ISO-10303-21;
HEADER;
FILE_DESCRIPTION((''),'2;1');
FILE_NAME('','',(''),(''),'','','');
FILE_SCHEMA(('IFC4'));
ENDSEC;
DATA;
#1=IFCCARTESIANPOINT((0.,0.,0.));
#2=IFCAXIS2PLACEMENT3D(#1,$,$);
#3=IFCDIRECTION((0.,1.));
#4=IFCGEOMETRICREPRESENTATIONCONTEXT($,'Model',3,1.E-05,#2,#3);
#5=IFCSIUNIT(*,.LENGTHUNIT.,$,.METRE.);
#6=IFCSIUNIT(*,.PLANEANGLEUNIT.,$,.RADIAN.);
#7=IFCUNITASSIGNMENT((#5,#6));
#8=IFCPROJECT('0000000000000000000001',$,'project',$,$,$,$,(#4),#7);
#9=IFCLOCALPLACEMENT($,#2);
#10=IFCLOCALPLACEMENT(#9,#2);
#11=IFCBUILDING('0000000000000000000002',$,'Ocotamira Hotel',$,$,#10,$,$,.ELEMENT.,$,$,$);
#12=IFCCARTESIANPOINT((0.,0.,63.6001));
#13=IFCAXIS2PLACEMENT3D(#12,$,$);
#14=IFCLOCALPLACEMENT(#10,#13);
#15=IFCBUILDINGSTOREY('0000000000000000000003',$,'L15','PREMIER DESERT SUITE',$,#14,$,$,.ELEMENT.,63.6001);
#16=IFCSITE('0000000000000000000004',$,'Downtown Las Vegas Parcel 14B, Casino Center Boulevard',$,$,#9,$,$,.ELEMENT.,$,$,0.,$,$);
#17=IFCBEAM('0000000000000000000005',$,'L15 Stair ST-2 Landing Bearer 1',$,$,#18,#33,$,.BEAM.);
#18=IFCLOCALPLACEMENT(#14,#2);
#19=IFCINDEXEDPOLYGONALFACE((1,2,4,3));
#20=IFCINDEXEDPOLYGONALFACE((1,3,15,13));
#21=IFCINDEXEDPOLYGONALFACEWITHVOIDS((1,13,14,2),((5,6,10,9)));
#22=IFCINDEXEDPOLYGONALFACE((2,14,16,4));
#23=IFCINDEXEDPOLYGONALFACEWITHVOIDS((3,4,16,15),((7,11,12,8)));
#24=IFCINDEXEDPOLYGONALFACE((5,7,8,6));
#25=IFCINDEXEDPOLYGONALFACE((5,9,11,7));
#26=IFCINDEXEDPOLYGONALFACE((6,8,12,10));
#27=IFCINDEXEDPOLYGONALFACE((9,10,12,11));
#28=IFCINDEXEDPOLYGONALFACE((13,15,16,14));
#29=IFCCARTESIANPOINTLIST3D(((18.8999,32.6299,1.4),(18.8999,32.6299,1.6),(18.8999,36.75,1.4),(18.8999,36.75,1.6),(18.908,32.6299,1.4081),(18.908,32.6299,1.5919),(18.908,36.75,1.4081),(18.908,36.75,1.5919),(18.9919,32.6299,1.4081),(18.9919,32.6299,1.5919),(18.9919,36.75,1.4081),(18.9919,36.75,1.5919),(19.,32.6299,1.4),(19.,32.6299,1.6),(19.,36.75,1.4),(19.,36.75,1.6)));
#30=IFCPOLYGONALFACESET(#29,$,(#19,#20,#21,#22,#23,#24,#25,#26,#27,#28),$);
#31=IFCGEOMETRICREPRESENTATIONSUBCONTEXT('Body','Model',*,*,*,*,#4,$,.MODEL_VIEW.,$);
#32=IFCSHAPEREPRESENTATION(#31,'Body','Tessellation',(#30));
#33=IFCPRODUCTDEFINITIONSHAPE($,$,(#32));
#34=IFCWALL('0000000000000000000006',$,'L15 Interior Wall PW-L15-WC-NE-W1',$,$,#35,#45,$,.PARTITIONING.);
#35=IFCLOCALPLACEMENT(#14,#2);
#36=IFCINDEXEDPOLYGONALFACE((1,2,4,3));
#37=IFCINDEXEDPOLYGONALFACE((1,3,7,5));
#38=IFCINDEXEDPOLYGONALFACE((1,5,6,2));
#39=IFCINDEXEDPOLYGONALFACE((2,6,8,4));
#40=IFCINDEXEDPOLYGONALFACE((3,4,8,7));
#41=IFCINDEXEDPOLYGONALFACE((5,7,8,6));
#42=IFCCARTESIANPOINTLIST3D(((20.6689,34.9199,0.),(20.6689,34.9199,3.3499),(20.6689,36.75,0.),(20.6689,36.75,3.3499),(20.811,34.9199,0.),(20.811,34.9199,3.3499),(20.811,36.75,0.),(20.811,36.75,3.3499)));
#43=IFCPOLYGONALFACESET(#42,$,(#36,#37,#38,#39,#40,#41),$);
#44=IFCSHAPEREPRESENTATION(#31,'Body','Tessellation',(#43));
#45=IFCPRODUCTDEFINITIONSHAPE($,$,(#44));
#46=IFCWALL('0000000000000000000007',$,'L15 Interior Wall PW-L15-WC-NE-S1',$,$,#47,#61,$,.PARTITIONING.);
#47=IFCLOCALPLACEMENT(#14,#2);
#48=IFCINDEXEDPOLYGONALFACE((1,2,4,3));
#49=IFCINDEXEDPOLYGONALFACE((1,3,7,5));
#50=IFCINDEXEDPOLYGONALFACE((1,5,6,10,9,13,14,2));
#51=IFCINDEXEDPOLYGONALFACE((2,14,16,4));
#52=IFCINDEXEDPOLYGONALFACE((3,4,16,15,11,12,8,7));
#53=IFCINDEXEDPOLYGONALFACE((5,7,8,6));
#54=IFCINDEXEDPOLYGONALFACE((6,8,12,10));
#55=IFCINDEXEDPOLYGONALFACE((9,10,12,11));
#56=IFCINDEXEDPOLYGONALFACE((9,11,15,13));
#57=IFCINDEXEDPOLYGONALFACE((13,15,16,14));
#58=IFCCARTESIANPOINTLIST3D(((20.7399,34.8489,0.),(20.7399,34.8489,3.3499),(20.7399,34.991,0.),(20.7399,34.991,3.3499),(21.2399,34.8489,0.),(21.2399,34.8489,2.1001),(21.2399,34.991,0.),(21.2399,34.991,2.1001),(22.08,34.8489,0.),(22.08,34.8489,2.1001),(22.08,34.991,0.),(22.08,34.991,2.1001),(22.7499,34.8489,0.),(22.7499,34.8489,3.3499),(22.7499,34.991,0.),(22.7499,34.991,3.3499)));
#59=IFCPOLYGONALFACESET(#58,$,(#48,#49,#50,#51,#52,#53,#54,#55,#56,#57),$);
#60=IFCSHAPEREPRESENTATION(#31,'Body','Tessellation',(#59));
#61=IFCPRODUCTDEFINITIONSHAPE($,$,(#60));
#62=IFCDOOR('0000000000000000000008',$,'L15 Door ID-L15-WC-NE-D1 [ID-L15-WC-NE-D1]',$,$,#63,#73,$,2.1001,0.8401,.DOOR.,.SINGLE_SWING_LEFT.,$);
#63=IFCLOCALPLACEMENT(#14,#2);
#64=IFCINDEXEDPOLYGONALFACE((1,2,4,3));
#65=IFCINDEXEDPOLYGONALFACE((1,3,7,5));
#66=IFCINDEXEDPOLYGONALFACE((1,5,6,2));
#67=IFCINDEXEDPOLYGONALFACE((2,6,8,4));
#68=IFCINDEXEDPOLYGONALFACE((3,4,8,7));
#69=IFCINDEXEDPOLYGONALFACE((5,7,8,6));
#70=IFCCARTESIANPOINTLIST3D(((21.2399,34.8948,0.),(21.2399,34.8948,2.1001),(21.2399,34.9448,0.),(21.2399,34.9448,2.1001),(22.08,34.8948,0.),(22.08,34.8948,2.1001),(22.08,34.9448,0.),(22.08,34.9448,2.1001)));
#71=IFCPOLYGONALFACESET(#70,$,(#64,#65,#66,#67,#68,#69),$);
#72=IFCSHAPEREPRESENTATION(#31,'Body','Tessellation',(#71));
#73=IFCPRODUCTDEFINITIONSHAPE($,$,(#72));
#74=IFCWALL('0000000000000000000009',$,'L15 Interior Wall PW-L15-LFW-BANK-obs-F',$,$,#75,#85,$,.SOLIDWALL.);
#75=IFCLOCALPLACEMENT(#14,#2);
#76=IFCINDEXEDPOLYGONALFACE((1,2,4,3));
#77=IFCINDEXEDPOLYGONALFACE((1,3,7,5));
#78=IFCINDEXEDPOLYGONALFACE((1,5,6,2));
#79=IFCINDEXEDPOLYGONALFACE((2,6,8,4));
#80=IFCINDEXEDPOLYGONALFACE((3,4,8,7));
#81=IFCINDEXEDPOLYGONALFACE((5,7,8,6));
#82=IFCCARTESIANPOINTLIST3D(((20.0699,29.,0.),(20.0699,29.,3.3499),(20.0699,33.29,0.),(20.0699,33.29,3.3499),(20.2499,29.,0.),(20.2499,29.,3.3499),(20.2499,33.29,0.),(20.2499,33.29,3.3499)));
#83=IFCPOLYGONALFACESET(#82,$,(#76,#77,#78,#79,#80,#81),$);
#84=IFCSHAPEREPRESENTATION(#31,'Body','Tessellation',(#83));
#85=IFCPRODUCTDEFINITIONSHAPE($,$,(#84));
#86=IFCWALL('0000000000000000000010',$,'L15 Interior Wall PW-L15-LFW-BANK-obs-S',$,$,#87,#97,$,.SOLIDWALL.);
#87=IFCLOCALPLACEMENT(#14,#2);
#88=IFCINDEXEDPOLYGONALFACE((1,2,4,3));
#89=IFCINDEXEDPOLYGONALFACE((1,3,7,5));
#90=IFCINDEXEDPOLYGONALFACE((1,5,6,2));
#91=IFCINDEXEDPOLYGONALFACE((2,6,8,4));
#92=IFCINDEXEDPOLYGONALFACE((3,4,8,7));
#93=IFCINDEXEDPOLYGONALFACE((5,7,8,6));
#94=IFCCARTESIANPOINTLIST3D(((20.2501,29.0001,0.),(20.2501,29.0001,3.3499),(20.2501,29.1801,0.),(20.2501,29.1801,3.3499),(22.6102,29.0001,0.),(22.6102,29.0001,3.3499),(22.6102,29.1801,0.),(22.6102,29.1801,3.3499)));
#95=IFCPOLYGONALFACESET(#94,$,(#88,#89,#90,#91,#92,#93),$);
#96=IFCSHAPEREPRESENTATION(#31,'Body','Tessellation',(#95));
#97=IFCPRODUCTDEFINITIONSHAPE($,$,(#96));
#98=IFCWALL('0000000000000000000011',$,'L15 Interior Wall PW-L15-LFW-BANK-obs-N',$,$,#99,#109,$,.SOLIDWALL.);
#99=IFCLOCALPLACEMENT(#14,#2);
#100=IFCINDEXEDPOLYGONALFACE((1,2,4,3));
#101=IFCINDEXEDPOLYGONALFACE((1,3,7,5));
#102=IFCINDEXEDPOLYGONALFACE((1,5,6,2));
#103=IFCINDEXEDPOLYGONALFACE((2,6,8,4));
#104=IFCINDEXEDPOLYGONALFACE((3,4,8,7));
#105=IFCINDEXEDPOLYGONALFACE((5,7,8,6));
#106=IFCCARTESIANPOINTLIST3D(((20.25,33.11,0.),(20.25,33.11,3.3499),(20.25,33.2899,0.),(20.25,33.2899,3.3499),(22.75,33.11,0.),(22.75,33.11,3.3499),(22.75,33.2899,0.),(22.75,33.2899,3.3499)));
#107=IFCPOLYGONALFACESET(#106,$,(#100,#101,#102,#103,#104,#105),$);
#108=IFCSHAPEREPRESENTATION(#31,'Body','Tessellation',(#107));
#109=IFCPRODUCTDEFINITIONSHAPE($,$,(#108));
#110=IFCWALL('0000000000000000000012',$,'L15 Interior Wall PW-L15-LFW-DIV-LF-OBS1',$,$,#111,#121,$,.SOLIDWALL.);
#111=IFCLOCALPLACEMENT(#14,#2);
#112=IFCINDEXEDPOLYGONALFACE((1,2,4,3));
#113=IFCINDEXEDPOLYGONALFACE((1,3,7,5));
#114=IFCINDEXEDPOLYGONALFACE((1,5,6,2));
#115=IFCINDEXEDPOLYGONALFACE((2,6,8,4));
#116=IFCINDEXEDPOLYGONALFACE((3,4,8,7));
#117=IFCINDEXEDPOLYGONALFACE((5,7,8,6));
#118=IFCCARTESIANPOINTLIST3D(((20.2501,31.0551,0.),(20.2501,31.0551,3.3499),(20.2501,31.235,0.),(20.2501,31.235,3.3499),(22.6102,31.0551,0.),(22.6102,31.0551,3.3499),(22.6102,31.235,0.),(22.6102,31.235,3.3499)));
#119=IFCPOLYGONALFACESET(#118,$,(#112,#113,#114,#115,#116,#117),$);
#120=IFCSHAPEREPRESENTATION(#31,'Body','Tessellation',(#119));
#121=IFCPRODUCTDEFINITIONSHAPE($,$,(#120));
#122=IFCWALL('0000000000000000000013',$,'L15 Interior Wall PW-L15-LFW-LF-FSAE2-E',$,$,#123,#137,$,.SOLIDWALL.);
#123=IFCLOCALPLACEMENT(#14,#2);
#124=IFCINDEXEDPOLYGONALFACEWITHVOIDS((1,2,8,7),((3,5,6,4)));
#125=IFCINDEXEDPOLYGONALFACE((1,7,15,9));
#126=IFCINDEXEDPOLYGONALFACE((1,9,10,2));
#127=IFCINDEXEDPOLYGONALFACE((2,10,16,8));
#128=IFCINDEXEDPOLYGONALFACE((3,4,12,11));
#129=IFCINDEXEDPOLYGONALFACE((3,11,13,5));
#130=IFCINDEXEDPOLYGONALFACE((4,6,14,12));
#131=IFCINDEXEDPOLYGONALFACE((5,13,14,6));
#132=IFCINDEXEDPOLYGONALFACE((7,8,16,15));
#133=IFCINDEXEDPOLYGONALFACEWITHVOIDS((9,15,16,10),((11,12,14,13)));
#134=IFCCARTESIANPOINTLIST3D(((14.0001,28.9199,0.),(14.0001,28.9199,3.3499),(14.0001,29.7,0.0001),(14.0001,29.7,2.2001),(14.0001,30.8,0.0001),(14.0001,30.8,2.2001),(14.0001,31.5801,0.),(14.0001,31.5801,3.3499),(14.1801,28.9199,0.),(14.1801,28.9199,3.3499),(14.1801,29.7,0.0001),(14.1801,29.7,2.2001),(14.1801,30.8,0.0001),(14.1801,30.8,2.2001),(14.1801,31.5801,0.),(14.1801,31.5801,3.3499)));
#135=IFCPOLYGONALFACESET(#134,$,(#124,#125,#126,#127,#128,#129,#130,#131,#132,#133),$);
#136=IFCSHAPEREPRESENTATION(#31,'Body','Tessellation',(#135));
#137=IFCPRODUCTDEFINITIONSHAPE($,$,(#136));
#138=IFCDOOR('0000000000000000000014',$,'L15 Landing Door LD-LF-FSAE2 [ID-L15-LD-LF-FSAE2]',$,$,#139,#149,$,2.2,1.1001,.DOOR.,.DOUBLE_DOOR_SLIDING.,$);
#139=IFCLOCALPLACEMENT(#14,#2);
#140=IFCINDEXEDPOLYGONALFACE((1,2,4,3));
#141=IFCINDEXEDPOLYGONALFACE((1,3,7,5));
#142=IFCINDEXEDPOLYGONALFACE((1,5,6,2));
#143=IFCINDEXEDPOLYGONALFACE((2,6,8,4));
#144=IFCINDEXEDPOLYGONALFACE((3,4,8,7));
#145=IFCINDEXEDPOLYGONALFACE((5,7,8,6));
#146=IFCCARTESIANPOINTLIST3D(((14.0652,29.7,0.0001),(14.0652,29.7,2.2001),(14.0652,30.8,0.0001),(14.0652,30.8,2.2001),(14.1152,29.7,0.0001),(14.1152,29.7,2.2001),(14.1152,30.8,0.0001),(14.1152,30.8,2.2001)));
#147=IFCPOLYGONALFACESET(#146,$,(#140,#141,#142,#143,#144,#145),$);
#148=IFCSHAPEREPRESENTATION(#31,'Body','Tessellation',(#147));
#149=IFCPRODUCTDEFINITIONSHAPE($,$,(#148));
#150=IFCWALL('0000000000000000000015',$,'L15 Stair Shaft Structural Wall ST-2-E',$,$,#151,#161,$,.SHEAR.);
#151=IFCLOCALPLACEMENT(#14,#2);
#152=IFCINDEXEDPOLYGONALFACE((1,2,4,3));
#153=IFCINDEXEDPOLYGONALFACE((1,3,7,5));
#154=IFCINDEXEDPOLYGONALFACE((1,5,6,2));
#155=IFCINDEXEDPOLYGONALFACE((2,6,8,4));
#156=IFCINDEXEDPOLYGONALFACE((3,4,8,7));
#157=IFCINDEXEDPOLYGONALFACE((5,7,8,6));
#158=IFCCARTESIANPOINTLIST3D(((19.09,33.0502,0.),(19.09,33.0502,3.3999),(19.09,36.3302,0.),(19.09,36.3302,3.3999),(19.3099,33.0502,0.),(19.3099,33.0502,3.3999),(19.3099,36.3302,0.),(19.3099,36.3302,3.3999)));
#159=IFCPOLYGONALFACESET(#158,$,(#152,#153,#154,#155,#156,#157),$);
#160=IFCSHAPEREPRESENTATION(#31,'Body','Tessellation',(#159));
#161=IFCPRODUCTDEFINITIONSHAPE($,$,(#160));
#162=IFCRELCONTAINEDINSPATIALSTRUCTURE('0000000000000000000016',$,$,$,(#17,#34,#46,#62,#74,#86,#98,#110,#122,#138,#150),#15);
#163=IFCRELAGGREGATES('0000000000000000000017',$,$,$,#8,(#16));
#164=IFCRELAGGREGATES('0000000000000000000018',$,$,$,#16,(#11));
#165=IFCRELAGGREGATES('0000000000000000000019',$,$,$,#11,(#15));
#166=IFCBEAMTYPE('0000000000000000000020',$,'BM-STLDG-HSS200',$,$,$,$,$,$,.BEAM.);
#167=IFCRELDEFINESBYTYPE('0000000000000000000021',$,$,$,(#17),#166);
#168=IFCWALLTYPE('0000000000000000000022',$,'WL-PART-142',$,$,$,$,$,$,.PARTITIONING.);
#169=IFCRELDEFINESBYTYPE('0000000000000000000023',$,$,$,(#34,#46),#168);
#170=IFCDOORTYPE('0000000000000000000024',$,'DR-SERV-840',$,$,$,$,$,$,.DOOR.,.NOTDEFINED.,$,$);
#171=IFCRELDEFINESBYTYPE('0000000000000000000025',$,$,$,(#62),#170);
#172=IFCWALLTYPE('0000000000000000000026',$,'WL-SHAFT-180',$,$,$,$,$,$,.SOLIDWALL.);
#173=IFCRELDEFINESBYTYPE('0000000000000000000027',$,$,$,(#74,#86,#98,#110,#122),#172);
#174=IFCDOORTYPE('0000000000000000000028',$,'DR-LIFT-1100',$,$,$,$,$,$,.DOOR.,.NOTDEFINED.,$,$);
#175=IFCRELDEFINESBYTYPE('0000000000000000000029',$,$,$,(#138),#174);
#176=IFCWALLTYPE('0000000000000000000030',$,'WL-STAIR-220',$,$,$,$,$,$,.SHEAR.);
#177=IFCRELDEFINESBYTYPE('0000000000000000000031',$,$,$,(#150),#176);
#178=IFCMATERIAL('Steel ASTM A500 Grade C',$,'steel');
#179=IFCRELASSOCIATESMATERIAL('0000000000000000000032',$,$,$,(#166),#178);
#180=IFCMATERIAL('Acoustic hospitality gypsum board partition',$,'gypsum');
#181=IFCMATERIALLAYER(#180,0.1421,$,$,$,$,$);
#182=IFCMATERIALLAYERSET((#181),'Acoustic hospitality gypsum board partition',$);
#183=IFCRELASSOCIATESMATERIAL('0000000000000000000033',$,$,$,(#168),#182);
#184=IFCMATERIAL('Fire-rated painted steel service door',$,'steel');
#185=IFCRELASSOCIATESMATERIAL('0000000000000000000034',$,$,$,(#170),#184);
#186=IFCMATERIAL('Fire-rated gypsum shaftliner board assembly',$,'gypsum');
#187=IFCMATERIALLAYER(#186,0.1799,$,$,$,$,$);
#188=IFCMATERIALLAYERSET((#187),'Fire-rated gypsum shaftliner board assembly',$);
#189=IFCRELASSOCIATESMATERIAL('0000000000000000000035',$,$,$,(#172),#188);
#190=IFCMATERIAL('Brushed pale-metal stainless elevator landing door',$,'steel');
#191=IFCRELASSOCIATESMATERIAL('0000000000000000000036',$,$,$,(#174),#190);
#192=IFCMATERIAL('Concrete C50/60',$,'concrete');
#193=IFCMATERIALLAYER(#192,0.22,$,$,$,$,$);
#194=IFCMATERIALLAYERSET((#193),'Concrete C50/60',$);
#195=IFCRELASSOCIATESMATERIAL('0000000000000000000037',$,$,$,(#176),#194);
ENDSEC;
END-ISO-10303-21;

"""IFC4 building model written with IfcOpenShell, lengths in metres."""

from ifc_helpers import new_model, si_unit, direction, frame, frame_2d, origin, origin_2d, place, context, subcontext, project, spatial, rectangle, hollow_rectangle, extrude, source, transform, mapped, material, layer, layer_set, material_profile, profile_set, type_object, element, fill, save


model = new_model("IFC4")

# Units and contexts
model_context = context("Model", 3, precision=1e-05, world=origin(), true_north=direction((0.0, 1.0)))
body_context = subcontext(model_context, "Body", "Model", "MODEL_VIEW")
ifc_project = project(units=[si_unit("LENGTHUNIT", "METRE"), si_unit("PLANEANGLEUNIT", "RADIAN")], contexts=[model_context])

# Site, building, storey
site_placement = place(None, origin())
site = spatial("IfcSite", under=ifc_project, at=site_placement, Name="Downtown Las Vegas Parcel 14B, Casino Center Boulevard", CompositionType="ELEMENT", RefElevation=0.0)
building_placement = place(site_placement, origin())
building = spatial("IfcBuilding", under=site, at=building_placement, Name="Ocotamira Hotel", CompositionType="ELEMENT")
storey_placement = place(building_placement, frame((0.0, 0.0, 63.6001)))
storey = spatial("IfcBuildingStorey", under=building, at=storey_placement, Name="L15", Description="PREMIER DESERT SUITE", CompositionType="ELEMENT", Elevation=63.6001)

# Beam
ifc_material_1 = material(Name="Steel ASTM A500 Grade C", Category="steel")
ifc_material_profile = material_profile(ifc_material_1, hollow_rectangle(XDim=0.1001, YDim=0.2, WallThickness=0.0081, at=origin_2d()), Name="HSS200X100X8")
ifc_profile_set = profile_set([ifc_material_profile], Name="Steel ASTM A500 Grade C")
beam_type = type_object("IfcBeamType", Name="BM-STLDG-HSS200", PredefinedType="BEAM", material=ifc_profile_set)
shared_shape_1 = source(origin(), body_context, "Body", "SweptSolid", [
    extrude(hollow_rectangle(XDim=0.1001, YDim=0.2, WallThickness=0.0081, at=origin_2d()), origin(), (0.0, 0.0, 1.0), 4.1201),
])
beam_placement = place(storey_placement, frame((18.95, 32.6299, 1.5), z_axis=(0.0, 1.0, 0.0), x_axis=(-1.0, 0.0, 0.0)))
element("IfcBeam", 1, at=beam_placement, inside=storey, type_object=beam_type, Name="L15 Stair ST-2 Landing Bearer 1", PredefinedType="BEAM", context=body_context, shape_type="MappedRepresentation", body=[
    mapped(shared_shape_1, transform((0.0, 0.0, 0.0), scale=1.0)),
])

# Wall
ifc_material_2 = material(Name="Acoustic hospitality gypsum board partition", Category="gypsum")
ifc_layer_1 = layer(ifc_material_2, 0.1421)
ifc_layer_set_1 = layer_set([ifc_layer_1], Name="Acoustic hospitality gypsum board partition")
wall_type_1 = type_object("IfcWallType", Name="WL-PART-142", PredefinedType="PARTITIONING", material=ifc_layer_set_1)
wall_1_placement = place(storey_placement, frame((20.74, 34.9199, 0.0), z_axis=(0.0, 0.0, 1.0), x_axis=(0.0, 1.0, 0.0)))
element("IfcWall", 2, at=wall_1_placement, inside=storey, type_object=wall_type_1, Name="L15 Interior Wall PW-L15-WC-NE-W1", PredefinedType="PARTITIONING", context=body_context, shape_type="SweptSolid", body=[
    extrude(rectangle(XDim=1.8301, YDim=0.1421, at=frame_2d((0.915, 0.0))), origin(), (0.0, 0.0, 1.0), 3.3499),
])

# Wall, opening, door
wall_2_placement = place(storey_placement, frame((20.74, 34.9199, 0.0), z_axis=(0.0, 0.0, 1.0), x_axis=(1.0, 0.0, 0.0)))
wall_2 = element("IfcWall", 3, at=wall_2_placement, inside=storey, type_object=wall_type_1, Name="L15 Interior Wall PW-L15-WC-NE-S1", PredefinedType="PARTITIONING", context=body_context, shape_type="SweptSolid", body=[
    extrude(rectangle(XDim=2.01, YDim=0.1421, at=frame_2d((1.0049, 0.0))), origin(), (0.0, 0.0, 1.0), 3.3499),
])
opening_1_placement = place(wall_2_placement, frame((0.5, 0.0, 0.0)))
opening_1 = element("IfcOpeningElement", 4, at=opening_1_placement, cuts=wall_2, PredefinedType="OPENING", context=body_context, shape_type="SweptSolid", body=[
    extrude(rectangle(XDim=0.8401, YDim=2.1001, at=frame_2d((0.4199, 1.05))), frame((0.0, 0.0811, 0.0), z_axis=(0.0, -1.0, 0.0), x_axis=(1.0, 0.0, 0.0)), (0.0, 0.0, 1.0), 0.1621),
])
ifc_material_3 = material(Name="Fire-rated painted steel service door", Category="steel")
door_type_1 = type_object("IfcDoorType", Name="DR-SERV-840", OperationType="NOTDEFINED", PredefinedType="DOOR", material=ifc_material_3)
shared_shape_2 = source(origin(), body_context, "Body", "SweptSolid", [
    extrude(rectangle(XDim=0.8401, YDim=2.1001, at=frame_2d((0.4199, 1.05))), frame((0.0, 0.0249, 0.0), z_axis=(0.0, -1.0, 0.0), x_axis=(1.0, 0.0, 0.0)), (0.0, 0.0, 1.0), 0.05),
])
door_1_placement = place(opening_1_placement, origin())
door_1 = element("IfcDoor", 5, at=door_1_placement, inside=storey, type_object=door_type_1, Name="L15 Door ID-L15-WC-NE-D1 [ID-L15-WC-NE-D1]", OperationType="SINGLE_SWING_LEFT", OverallHeight=2.1001, OverallWidth=0.8401, PredefinedType="DOOR", context=body_context, shape_type="MappedRepresentation", body=[
    mapped(shared_shape_2, transform((0.0, 0.0, 0.0), scale=1.0)),
])
fill(opening_1, door_1)

# Walls
ifc_material_4 = material(Name="Fire-rated gypsum shaftliner board assembly", Category="gypsum")
ifc_layer_2 = layer(ifc_material_4, 0.1799)
ifc_layer_set_2 = layer_set([ifc_layer_2], Name="Fire-rated gypsum shaftliner board assembly")
wall_type_2 = type_object("IfcWallType", Name="WL-SHAFT-180", PredefinedType="SOLIDWALL", material=ifc_layer_set_2)
wall_3_placement = place(storey_placement, frame((20.1599, 29.0, 0.0), z_axis=(0.0, 0.0, 1.0), x_axis=(0.0, 1.0, 0.0)))
element("IfcWall", 6, at=wall_3_placement, inside=storey, type_object=wall_type_2, Name="L15 Interior Wall PW-L15-LFW-BANK-obs-F", PredefinedType="SOLIDWALL", context=body_context, shape_type="SweptSolid", body=[
    extrude(rectangle(XDim=4.29, YDim=0.1799, at=frame_2d((2.145, 0.0))), origin(), (0.0, 0.0, 1.0), 3.3499),
])
wall_4_placement = place(storey_placement, frame((20.25, 29.0901, 0.0), z_axis=(0.0, 0.0, 1.0), x_axis=(1.0, 0.0, 0.0)))
element("IfcWall", 7, at=wall_4_placement, inside=storey, type_object=wall_type_2, Name="L15 Interior Wall PW-L15-LFW-BANK-obs-S", PredefinedType="SOLIDWALL", context=body_context, shape_type="SweptSolid", body=[
    extrude(rectangle(XDim=2.3601, YDim=0.1799, at=frame_2d((1.1802, 0.0))), origin(), (0.0, 0.0, 1.0), 3.3499),
])
wall_5_placement = place(storey_placement, frame((20.25, 33.2, 0.0), z_axis=(0.0, 0.0, 1.0), x_axis=(1.0, 0.0, 0.0)))
element("IfcWall", 8, at=wall_5_placement, inside=storey, type_object=wall_type_2, Name="L15 Interior Wall PW-L15-LFW-BANK-obs-N", PredefinedType="SOLIDWALL", context=body_context, shape_type="SweptSolid", body=[
    extrude(rectangle(XDim=2.5, YDim=0.1799, at=frame_2d((1.25, 0.0))), origin(), (0.0, 0.0, 1.0), 3.3499),
])
wall_6_placement = place(storey_placement, frame((20.25, 31.145, 0.0), z_axis=(0.0, 0.0, 1.0), x_axis=(1.0, 0.0, 0.0)))
element("IfcWall", 9, at=wall_6_placement, inside=storey, type_object=wall_type_2, Name="L15 Interior Wall PW-L15-LFW-DIV-LF-OBS1", PredefinedType="SOLIDWALL", context=body_context, shape_type="SweptSolid", body=[
    extrude(rectangle(XDim=2.3601, YDim=0.1799, at=frame_2d((1.1802, 0.0))), origin(), (0.0, 0.0, 1.0), 3.3499),
])

# Wall, opening, door
wall_7_placement = place(storey_placement, frame((14.0901, 28.9199, 0.0), z_axis=(0.0, 0.0, 1.0), x_axis=(0.0, 1.0, 0.0)))
wall_7 = element("IfcWall", 10, at=wall_7_placement, inside=storey, type_object=wall_type_2, Name="L15 Interior Wall PW-L15-LFW-LF-FSAE2-E", PredefinedType="SOLIDWALL", context=body_context, shape_type="SweptSolid", body=[
    extrude(rectangle(XDim=2.6602, YDim=0.1799, at=frame_2d((1.3301, 0.0))), origin(), (0.0, 0.0, 1.0), 3.3499),
])
opening_2_placement = place(wall_7_placement, frame((0.78, 0.0, 0.0)))
opening_2 = element("IfcOpeningElement", 11, at=opening_2_placement, cuts=wall_7, PredefinedType="OPENING", context=body_context, shape_type="SweptSolid", body=[
    extrude(rectangle(XDim=1.1001, YDim=2.2, at=frame_2d((0.55, 1.1001))), frame((0.0, 0.1001, 0.0), z_axis=(0.0, -1.0, 0.0), x_axis=(1.0, 0.0, 0.0)), (0.0, 0.0, 1.0), 0.2),
])
ifc_material_5 = material(Name="Brushed pale-metal stainless elevator landing door", Category="steel")
door_type_2 = type_object("IfcDoorType", Name="DR-LIFT-1100", OperationType="NOTDEFINED", PredefinedType="DOOR", material=ifc_material_5)
shared_shape_3 = source(origin(), body_context, "Body", "SweptSolid", [
    extrude(rectangle(XDim=1.1001, YDim=2.2, at=frame_2d((0.55, 1.1001))), frame((0.0, 0.0249, 0.0), z_axis=(0.0, -1.0, 0.0), x_axis=(1.0, 0.0, 0.0)), (0.0, 0.0, 1.0), 0.05),
])
door_2_placement = place(opening_2_placement, origin())
door_2 = element("IfcDoor", 12, at=door_2_placement, inside=storey, type_object=door_type_2, Name="L15 Landing Door LD-LF-FSAE2 [ID-L15-LD-LF-FSAE2]", OperationType="DOUBLE_DOOR_SLIDING", OverallHeight=2.2, OverallWidth=1.1001, PredefinedType="DOOR", context=body_context, shape_type="MappedRepresentation", body=[
    mapped(shared_shape_3, transform((0.0, 0.0, 0.0), scale=1.0)),
])
fill(opening_2, door_2)

# Wall
ifc_material_6 = material(Name="Concrete C50/60", Category="concrete")
ifc_layer_3 = layer(ifc_material_6, 0.22)
ifc_layer_set_3 = layer_set([ifc_layer_3], Name="Concrete C50/60")
wall_type_3 = type_object("IfcWallType", Name="WL-STAIR-220", PredefinedType="SHEAR", material=ifc_layer_set_3)
wall_8_placement = place(storey_placement, frame((19.2, 33.05, 0.0), z_axis=(0.0, 0.0, 1.0), x_axis=(0.0, 1.0, 0.0)))
element("IfcWall", 13, at=wall_8_placement, inside=storey, type_object=wall_type_3, Name="L15 Stair Shaft Structural Wall ST-2-E", PredefinedType="SHEAR", context=body_context, shape_type="SweptSolid", body=[
    extrude(rectangle(XDim=3.28, YDim=0.22, at=frame_2d((1.6401, 0.0))), origin(), (0.0, 0.0, 1.0), 3.3999),
])

save(model, "model.ifc")
